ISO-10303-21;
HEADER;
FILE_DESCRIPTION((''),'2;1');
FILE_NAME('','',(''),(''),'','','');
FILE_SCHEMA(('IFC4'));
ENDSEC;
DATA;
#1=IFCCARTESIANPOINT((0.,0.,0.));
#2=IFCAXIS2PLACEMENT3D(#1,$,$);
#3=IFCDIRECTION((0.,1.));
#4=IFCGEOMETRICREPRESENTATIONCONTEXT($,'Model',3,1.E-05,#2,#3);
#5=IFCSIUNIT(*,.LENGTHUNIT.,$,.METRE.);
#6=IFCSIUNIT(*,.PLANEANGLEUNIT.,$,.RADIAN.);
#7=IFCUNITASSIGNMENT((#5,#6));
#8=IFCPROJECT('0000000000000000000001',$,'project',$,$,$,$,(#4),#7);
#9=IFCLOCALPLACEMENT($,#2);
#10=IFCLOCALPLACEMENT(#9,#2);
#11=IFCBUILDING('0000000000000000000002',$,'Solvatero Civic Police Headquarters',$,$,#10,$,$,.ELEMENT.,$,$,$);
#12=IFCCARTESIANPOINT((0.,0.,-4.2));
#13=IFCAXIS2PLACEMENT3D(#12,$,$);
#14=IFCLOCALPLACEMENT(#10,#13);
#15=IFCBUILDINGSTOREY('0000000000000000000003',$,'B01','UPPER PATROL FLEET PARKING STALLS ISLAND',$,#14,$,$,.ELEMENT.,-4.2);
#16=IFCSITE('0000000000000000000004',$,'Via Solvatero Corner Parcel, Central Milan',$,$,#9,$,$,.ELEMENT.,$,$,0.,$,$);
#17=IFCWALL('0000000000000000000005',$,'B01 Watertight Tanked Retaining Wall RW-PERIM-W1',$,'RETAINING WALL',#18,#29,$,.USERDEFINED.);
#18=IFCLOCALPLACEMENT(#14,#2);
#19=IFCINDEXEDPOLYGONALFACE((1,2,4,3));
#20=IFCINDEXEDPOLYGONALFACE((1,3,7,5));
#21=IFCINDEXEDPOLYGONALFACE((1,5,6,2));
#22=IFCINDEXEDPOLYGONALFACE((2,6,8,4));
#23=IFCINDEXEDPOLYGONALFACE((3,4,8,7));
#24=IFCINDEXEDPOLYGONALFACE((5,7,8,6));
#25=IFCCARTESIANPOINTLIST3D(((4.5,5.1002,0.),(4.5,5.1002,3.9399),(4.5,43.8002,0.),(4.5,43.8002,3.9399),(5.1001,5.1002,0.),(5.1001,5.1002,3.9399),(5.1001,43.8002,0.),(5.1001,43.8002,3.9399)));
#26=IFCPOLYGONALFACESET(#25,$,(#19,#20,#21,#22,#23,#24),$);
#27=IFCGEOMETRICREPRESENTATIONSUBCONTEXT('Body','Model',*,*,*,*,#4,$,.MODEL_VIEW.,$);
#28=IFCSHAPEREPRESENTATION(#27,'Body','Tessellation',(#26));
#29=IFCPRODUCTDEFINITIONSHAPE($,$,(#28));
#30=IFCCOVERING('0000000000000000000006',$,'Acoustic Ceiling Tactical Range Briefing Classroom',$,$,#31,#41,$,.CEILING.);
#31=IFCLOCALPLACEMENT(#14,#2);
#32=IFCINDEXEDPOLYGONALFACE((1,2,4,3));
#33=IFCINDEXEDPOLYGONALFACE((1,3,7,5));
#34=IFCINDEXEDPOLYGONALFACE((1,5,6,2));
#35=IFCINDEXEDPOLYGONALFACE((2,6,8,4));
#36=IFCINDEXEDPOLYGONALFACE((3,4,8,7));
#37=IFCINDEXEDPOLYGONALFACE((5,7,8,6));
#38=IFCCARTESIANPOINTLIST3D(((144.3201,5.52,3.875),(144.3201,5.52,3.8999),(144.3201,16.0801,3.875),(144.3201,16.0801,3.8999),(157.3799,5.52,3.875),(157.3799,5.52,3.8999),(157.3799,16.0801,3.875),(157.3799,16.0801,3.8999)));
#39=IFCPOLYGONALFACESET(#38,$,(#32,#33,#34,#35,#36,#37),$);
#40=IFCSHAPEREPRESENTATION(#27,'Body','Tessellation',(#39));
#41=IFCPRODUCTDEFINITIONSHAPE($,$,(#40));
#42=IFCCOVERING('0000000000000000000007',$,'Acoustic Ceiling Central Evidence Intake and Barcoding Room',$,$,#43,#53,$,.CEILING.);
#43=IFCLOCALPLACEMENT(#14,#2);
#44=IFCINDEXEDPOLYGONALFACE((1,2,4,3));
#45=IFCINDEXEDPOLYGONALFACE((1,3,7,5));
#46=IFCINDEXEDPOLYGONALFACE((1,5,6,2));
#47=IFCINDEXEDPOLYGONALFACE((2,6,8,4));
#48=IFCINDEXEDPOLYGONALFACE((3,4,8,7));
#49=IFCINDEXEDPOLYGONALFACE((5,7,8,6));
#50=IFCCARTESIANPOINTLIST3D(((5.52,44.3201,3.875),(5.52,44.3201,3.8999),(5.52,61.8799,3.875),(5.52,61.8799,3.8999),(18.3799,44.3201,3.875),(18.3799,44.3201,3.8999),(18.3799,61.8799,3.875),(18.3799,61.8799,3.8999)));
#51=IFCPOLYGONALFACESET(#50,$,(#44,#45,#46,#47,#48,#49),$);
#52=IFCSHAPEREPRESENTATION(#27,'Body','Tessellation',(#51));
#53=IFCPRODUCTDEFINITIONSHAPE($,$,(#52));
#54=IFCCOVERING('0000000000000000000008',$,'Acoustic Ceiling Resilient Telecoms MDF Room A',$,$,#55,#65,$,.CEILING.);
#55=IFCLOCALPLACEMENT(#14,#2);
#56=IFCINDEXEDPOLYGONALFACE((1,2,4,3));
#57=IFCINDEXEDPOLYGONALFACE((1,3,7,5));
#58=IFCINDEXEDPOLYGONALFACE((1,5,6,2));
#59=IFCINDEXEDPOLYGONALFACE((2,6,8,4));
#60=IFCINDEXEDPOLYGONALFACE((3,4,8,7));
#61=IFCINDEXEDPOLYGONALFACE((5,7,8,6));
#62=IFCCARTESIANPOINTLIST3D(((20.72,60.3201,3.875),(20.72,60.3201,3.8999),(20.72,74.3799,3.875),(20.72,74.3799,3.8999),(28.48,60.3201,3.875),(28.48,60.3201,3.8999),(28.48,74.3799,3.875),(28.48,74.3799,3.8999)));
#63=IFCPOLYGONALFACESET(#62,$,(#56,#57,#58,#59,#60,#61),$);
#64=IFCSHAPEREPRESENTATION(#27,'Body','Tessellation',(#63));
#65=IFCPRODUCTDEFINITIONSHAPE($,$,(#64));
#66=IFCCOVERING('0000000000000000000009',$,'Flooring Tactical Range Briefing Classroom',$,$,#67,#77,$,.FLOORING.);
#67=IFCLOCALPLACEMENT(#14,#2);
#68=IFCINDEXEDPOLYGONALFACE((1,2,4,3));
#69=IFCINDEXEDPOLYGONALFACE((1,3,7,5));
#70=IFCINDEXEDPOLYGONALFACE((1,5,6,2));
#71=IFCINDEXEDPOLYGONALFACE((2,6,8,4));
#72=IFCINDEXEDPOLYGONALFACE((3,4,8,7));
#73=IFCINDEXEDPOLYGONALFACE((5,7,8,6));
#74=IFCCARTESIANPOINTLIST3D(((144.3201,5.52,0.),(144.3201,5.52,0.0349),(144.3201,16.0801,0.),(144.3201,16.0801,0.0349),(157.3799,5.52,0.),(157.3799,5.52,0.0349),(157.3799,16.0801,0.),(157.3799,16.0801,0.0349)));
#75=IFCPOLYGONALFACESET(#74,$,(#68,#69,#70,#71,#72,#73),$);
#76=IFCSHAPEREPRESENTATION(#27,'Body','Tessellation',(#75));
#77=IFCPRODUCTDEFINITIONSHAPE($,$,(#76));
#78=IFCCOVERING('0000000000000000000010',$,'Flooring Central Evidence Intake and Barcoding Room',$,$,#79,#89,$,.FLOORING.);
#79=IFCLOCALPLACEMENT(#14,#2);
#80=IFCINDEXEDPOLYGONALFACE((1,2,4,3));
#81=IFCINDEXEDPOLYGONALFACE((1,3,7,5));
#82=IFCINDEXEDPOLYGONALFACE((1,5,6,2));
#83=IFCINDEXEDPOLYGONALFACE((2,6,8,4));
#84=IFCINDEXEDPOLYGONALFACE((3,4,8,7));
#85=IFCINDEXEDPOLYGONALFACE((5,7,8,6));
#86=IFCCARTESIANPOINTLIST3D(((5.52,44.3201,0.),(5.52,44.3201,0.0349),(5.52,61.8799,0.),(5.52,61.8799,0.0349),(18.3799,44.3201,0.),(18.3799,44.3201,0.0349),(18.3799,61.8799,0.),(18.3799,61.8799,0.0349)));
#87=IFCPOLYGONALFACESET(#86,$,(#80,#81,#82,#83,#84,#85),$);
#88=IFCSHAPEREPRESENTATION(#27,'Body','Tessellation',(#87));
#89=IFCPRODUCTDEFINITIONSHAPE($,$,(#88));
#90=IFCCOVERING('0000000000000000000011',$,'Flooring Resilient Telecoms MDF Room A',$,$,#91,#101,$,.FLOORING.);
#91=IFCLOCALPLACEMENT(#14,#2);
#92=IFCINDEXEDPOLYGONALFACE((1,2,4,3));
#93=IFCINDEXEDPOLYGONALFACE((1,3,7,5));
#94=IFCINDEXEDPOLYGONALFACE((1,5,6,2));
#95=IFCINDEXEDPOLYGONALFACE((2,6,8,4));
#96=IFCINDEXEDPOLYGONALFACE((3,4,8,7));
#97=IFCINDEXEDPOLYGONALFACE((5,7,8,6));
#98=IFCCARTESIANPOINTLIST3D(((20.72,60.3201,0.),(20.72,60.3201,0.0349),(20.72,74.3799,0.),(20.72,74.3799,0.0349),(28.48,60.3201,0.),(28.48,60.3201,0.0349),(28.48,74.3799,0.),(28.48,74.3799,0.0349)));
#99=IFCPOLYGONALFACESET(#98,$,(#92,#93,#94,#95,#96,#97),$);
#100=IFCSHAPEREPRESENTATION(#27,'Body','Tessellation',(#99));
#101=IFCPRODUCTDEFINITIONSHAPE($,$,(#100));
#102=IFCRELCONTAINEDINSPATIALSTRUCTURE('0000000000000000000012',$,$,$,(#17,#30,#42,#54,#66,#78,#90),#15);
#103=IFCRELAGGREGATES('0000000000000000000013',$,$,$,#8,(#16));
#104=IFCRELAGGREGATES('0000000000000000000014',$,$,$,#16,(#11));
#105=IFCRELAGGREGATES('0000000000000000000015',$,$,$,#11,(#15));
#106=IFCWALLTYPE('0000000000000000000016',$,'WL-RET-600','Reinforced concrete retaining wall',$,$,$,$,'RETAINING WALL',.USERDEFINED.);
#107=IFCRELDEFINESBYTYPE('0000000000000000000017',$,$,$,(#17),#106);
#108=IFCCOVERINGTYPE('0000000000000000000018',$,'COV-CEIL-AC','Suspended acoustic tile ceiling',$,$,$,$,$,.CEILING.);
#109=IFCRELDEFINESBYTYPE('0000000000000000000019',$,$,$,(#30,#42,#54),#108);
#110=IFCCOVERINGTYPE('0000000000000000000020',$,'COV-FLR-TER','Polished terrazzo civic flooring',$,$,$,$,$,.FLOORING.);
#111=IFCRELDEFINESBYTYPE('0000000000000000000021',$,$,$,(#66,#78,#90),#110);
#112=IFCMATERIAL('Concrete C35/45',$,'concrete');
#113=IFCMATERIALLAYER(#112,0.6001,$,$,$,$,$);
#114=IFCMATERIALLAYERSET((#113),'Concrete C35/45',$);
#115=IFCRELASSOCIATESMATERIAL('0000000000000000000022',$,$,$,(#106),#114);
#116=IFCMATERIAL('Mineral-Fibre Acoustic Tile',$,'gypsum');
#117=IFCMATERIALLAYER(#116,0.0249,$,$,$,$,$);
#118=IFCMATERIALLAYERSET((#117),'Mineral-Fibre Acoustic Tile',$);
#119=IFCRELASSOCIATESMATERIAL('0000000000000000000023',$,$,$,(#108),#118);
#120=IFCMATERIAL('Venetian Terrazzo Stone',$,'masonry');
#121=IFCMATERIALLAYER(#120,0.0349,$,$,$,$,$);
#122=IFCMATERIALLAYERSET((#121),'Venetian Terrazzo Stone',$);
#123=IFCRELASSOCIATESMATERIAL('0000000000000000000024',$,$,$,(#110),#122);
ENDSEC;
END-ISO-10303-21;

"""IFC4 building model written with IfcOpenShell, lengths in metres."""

from ifc_helpers import new_model, si_unit, direction, frame, frame_2d, origin, place, context, subcontext, project, spatial, polyline, rectangle, outline, extrude, material, layer, layer_set, type_object, element, save


model = new_model("IFC4")

# Units and contexts
model_context = context("Model", 3, precision=1e-05, world=origin(), true_north=direction((0.0, 1.0)))
body_context = subcontext(model_context, "Body", "Model", "MODEL_VIEW")
ifc_project = project(units=[si_unit("LENGTHUNIT", "METRE"), si_unit("PLANEANGLEUNIT", "RADIAN")], contexts=[model_context])

# Site, building, storey
site_placement = place(None, origin())
site = spatial("IfcSite", under=ifc_project, at=site_placement, Name="Via Solvatero Corner Parcel, Central Milan", CompositionType="ELEMENT", RefElevation=0.0)
building_placement = place(site_placement, origin())
building = spatial("IfcBuilding", under=site, at=building_placement, Name="Solvatero Civic Police Headquarters", CompositionType="ELEMENT")
storey_placement = place(building_placement, frame((0.0, 0.0, -4.2)))
storey = spatial("IfcBuildingStorey", under=building, at=storey_placement, Name="B01", Description="UPPER PATROL FLEET PARKING STALLS ISLAND", CompositionType="ELEMENT", Elevation=-4.2)

# Shared definitions
ifc_material_1 = material(Name="Concrete C35/45", Category="concrete")

# Wall
ifc_layer_1 = layer(ifc_material_1, 0.6001)
ifc_layer_set_1 = layer_set([ifc_layer_1], Name="Concrete C35/45")
wall_type = type_object("IfcWallType", Name="WL-RET-600", Description="Reinforced concrete retaining wall", ElementType="RETAINING WALL", PredefinedType="USERDEFINED", material=ifc_layer_set_1)
wall_1_placement = place(storey_placement, frame((4.8, 5.1001, 0.0), z_axis=(0.0, 0.0, 1.0), x_axis=(0.0, 1.0, 0.0)))
element("IfcWall", 1, at=wall_1_placement, inside=storey, type_object=wall_type, Name="B01 Watertight Tanked Retaining Wall RW-PERIM-W1", ObjectType="RETAINING WALL", PredefinedType="USERDEFINED", context=body_context, shape_type="SweptSolid", body=[
    extrude(rectangle(XDim=38.7, YDim=0.6001, at=frame_2d((19.3501, 0.0))), origin(), (0.0, 0.0, 1.0), 3.9399),
])

# Coverings
ifc_material_2 = material(Name="Mineral-Fibre Acoustic Tile", Category="gypsum")
ifc_layer_2 = layer(ifc_material_2, 0.0249)
ifc_layer_set_2 = layer_set([ifc_layer_2], Name="Mineral-Fibre Acoustic Tile")
covering_type_1 = type_object("IfcCoveringType", Name="COV-CEIL-AC", Description="Suspended acoustic tile ceiling", PredefinedType="CEILING", material=ifc_layer_set_2)
covering_1_placement = place(storey_placement, frame((0.0, 0.0, 3.875)))
element("IfcCovering", 2, at=covering_1_placement, inside=storey, type_object=covering_type_1, Name="Acoustic Ceiling Tactical Range Briefing Classroom", PredefinedType="CEILING", context=body_context, shape_type="SweptSolid", body=[
    extrude(outline(polyline([(144.3201, 5.52), (144.3201, 16.0801), (157.3799, 16.0801), (157.3799, 5.52), (144.3201, 5.52)])), origin(), (0.0, 0.0, 1.0), 0.0249),
])
covering_2_placement = place(storey_placement, frame((0.0, 0.0, 3.875)))
element("IfcCovering", 3, at=covering_2_placement, inside=storey, type_object=covering_type_1, Name="Acoustic Ceiling Central Evidence Intake and Barcoding Room", PredefinedType="CEILING", context=body_context, shape_type="SweptSolid", body=[
    extrude(outline(polyline([(5.52, 44.3201), (5.52, 61.8799), (18.3799, 61.8799), (18.3799, 44.3201), (5.52, 44.3201)])), origin(), (0.0, 0.0, 1.0), 0.0249),
])
covering_3_placement = place(storey_placement, frame((0.0, 0.0, 3.875)))
element("IfcCovering", 4, at=covering_3_placement, inside=storey, type_object=covering_type_1, Name="Acoustic Ceiling Resilient Telecoms MDF Room A", PredefinedType="CEILING", context=body_context, shape_type="SweptSolid", body=[
    extrude(outline(polyline([(20.72, 60.3201), (20.72, 74.3799), (28.48, 74.3799), (28.48, 60.3201), (20.72, 60.3201)])), origin(), (0.0, 0.0, 1.0), 0.0249),
])
ifc_material_3 = material(Name="Venetian Terrazzo Stone", Category="masonry")
ifc_layer_3 = layer(ifc_material_3, 0.0349)
ifc_layer_set_3 = layer_set([ifc_layer_3], Name="Venetian Terrazzo Stone")
covering_type_2 = type_object("IfcCoveringType", Name="COV-FLR-TER", Description="Polished terrazzo civic flooring", PredefinedType="FLOORING", material=ifc_layer_set_3)
covering_4_placement = place(storey_placement, origin())
element("IfcCovering", 5, at=covering_4_placement, inside=storey, type_object=covering_type_2, Name="Flooring Tactical Range Briefing Classroom", PredefinedType="FLOORING", context=body_context, shape_type="SweptSolid", body=[
    extrude(outline(polyline([(144.3201, 5.52), (144.3201, 16.0801), (157.3799, 16.0801), (157.3799, 5.52), (144.3201, 5.52)])), origin(), (0.0, 0.0, 1.0), 0.0349),
])
covering_5_placement = place(storey_placement, origin())
element("IfcCovering", 6, at=covering_5_placement, inside=storey, type_object=covering_type_2, Name="Flooring Central Evidence Intake and Barcoding Room", PredefinedType="FLOORING", context=body_context, shape_type="SweptSolid", body=[
    extrude(outline(polyline([(5.52, 44.3201), (5.52, 61.8799), (18.3799, 61.8799), (18.3799, 44.3201), (5.52, 44.3201)])), origin(), (0.0, 0.0, 1.0), 0.0349),
])
covering_6_placement = place(storey_placement, origin())
element("IfcCovering", 7, at=covering_6_placement, inside=storey, type_object=covering_type_2, Name="Flooring Resilient Telecoms MDF Room A", PredefinedType="FLOORING", context=body_context, shape_type="SweptSolid", body=[
    extrude(outline(polyline([(20.72, 60.3201), (20.72, 74.3799), (28.48, 74.3799), (28.48, 60.3201), (20.72, 60.3201)])), origin(), (0.0, 0.0, 1.0), 0.0349),
])

save(model, "model.ifc")
